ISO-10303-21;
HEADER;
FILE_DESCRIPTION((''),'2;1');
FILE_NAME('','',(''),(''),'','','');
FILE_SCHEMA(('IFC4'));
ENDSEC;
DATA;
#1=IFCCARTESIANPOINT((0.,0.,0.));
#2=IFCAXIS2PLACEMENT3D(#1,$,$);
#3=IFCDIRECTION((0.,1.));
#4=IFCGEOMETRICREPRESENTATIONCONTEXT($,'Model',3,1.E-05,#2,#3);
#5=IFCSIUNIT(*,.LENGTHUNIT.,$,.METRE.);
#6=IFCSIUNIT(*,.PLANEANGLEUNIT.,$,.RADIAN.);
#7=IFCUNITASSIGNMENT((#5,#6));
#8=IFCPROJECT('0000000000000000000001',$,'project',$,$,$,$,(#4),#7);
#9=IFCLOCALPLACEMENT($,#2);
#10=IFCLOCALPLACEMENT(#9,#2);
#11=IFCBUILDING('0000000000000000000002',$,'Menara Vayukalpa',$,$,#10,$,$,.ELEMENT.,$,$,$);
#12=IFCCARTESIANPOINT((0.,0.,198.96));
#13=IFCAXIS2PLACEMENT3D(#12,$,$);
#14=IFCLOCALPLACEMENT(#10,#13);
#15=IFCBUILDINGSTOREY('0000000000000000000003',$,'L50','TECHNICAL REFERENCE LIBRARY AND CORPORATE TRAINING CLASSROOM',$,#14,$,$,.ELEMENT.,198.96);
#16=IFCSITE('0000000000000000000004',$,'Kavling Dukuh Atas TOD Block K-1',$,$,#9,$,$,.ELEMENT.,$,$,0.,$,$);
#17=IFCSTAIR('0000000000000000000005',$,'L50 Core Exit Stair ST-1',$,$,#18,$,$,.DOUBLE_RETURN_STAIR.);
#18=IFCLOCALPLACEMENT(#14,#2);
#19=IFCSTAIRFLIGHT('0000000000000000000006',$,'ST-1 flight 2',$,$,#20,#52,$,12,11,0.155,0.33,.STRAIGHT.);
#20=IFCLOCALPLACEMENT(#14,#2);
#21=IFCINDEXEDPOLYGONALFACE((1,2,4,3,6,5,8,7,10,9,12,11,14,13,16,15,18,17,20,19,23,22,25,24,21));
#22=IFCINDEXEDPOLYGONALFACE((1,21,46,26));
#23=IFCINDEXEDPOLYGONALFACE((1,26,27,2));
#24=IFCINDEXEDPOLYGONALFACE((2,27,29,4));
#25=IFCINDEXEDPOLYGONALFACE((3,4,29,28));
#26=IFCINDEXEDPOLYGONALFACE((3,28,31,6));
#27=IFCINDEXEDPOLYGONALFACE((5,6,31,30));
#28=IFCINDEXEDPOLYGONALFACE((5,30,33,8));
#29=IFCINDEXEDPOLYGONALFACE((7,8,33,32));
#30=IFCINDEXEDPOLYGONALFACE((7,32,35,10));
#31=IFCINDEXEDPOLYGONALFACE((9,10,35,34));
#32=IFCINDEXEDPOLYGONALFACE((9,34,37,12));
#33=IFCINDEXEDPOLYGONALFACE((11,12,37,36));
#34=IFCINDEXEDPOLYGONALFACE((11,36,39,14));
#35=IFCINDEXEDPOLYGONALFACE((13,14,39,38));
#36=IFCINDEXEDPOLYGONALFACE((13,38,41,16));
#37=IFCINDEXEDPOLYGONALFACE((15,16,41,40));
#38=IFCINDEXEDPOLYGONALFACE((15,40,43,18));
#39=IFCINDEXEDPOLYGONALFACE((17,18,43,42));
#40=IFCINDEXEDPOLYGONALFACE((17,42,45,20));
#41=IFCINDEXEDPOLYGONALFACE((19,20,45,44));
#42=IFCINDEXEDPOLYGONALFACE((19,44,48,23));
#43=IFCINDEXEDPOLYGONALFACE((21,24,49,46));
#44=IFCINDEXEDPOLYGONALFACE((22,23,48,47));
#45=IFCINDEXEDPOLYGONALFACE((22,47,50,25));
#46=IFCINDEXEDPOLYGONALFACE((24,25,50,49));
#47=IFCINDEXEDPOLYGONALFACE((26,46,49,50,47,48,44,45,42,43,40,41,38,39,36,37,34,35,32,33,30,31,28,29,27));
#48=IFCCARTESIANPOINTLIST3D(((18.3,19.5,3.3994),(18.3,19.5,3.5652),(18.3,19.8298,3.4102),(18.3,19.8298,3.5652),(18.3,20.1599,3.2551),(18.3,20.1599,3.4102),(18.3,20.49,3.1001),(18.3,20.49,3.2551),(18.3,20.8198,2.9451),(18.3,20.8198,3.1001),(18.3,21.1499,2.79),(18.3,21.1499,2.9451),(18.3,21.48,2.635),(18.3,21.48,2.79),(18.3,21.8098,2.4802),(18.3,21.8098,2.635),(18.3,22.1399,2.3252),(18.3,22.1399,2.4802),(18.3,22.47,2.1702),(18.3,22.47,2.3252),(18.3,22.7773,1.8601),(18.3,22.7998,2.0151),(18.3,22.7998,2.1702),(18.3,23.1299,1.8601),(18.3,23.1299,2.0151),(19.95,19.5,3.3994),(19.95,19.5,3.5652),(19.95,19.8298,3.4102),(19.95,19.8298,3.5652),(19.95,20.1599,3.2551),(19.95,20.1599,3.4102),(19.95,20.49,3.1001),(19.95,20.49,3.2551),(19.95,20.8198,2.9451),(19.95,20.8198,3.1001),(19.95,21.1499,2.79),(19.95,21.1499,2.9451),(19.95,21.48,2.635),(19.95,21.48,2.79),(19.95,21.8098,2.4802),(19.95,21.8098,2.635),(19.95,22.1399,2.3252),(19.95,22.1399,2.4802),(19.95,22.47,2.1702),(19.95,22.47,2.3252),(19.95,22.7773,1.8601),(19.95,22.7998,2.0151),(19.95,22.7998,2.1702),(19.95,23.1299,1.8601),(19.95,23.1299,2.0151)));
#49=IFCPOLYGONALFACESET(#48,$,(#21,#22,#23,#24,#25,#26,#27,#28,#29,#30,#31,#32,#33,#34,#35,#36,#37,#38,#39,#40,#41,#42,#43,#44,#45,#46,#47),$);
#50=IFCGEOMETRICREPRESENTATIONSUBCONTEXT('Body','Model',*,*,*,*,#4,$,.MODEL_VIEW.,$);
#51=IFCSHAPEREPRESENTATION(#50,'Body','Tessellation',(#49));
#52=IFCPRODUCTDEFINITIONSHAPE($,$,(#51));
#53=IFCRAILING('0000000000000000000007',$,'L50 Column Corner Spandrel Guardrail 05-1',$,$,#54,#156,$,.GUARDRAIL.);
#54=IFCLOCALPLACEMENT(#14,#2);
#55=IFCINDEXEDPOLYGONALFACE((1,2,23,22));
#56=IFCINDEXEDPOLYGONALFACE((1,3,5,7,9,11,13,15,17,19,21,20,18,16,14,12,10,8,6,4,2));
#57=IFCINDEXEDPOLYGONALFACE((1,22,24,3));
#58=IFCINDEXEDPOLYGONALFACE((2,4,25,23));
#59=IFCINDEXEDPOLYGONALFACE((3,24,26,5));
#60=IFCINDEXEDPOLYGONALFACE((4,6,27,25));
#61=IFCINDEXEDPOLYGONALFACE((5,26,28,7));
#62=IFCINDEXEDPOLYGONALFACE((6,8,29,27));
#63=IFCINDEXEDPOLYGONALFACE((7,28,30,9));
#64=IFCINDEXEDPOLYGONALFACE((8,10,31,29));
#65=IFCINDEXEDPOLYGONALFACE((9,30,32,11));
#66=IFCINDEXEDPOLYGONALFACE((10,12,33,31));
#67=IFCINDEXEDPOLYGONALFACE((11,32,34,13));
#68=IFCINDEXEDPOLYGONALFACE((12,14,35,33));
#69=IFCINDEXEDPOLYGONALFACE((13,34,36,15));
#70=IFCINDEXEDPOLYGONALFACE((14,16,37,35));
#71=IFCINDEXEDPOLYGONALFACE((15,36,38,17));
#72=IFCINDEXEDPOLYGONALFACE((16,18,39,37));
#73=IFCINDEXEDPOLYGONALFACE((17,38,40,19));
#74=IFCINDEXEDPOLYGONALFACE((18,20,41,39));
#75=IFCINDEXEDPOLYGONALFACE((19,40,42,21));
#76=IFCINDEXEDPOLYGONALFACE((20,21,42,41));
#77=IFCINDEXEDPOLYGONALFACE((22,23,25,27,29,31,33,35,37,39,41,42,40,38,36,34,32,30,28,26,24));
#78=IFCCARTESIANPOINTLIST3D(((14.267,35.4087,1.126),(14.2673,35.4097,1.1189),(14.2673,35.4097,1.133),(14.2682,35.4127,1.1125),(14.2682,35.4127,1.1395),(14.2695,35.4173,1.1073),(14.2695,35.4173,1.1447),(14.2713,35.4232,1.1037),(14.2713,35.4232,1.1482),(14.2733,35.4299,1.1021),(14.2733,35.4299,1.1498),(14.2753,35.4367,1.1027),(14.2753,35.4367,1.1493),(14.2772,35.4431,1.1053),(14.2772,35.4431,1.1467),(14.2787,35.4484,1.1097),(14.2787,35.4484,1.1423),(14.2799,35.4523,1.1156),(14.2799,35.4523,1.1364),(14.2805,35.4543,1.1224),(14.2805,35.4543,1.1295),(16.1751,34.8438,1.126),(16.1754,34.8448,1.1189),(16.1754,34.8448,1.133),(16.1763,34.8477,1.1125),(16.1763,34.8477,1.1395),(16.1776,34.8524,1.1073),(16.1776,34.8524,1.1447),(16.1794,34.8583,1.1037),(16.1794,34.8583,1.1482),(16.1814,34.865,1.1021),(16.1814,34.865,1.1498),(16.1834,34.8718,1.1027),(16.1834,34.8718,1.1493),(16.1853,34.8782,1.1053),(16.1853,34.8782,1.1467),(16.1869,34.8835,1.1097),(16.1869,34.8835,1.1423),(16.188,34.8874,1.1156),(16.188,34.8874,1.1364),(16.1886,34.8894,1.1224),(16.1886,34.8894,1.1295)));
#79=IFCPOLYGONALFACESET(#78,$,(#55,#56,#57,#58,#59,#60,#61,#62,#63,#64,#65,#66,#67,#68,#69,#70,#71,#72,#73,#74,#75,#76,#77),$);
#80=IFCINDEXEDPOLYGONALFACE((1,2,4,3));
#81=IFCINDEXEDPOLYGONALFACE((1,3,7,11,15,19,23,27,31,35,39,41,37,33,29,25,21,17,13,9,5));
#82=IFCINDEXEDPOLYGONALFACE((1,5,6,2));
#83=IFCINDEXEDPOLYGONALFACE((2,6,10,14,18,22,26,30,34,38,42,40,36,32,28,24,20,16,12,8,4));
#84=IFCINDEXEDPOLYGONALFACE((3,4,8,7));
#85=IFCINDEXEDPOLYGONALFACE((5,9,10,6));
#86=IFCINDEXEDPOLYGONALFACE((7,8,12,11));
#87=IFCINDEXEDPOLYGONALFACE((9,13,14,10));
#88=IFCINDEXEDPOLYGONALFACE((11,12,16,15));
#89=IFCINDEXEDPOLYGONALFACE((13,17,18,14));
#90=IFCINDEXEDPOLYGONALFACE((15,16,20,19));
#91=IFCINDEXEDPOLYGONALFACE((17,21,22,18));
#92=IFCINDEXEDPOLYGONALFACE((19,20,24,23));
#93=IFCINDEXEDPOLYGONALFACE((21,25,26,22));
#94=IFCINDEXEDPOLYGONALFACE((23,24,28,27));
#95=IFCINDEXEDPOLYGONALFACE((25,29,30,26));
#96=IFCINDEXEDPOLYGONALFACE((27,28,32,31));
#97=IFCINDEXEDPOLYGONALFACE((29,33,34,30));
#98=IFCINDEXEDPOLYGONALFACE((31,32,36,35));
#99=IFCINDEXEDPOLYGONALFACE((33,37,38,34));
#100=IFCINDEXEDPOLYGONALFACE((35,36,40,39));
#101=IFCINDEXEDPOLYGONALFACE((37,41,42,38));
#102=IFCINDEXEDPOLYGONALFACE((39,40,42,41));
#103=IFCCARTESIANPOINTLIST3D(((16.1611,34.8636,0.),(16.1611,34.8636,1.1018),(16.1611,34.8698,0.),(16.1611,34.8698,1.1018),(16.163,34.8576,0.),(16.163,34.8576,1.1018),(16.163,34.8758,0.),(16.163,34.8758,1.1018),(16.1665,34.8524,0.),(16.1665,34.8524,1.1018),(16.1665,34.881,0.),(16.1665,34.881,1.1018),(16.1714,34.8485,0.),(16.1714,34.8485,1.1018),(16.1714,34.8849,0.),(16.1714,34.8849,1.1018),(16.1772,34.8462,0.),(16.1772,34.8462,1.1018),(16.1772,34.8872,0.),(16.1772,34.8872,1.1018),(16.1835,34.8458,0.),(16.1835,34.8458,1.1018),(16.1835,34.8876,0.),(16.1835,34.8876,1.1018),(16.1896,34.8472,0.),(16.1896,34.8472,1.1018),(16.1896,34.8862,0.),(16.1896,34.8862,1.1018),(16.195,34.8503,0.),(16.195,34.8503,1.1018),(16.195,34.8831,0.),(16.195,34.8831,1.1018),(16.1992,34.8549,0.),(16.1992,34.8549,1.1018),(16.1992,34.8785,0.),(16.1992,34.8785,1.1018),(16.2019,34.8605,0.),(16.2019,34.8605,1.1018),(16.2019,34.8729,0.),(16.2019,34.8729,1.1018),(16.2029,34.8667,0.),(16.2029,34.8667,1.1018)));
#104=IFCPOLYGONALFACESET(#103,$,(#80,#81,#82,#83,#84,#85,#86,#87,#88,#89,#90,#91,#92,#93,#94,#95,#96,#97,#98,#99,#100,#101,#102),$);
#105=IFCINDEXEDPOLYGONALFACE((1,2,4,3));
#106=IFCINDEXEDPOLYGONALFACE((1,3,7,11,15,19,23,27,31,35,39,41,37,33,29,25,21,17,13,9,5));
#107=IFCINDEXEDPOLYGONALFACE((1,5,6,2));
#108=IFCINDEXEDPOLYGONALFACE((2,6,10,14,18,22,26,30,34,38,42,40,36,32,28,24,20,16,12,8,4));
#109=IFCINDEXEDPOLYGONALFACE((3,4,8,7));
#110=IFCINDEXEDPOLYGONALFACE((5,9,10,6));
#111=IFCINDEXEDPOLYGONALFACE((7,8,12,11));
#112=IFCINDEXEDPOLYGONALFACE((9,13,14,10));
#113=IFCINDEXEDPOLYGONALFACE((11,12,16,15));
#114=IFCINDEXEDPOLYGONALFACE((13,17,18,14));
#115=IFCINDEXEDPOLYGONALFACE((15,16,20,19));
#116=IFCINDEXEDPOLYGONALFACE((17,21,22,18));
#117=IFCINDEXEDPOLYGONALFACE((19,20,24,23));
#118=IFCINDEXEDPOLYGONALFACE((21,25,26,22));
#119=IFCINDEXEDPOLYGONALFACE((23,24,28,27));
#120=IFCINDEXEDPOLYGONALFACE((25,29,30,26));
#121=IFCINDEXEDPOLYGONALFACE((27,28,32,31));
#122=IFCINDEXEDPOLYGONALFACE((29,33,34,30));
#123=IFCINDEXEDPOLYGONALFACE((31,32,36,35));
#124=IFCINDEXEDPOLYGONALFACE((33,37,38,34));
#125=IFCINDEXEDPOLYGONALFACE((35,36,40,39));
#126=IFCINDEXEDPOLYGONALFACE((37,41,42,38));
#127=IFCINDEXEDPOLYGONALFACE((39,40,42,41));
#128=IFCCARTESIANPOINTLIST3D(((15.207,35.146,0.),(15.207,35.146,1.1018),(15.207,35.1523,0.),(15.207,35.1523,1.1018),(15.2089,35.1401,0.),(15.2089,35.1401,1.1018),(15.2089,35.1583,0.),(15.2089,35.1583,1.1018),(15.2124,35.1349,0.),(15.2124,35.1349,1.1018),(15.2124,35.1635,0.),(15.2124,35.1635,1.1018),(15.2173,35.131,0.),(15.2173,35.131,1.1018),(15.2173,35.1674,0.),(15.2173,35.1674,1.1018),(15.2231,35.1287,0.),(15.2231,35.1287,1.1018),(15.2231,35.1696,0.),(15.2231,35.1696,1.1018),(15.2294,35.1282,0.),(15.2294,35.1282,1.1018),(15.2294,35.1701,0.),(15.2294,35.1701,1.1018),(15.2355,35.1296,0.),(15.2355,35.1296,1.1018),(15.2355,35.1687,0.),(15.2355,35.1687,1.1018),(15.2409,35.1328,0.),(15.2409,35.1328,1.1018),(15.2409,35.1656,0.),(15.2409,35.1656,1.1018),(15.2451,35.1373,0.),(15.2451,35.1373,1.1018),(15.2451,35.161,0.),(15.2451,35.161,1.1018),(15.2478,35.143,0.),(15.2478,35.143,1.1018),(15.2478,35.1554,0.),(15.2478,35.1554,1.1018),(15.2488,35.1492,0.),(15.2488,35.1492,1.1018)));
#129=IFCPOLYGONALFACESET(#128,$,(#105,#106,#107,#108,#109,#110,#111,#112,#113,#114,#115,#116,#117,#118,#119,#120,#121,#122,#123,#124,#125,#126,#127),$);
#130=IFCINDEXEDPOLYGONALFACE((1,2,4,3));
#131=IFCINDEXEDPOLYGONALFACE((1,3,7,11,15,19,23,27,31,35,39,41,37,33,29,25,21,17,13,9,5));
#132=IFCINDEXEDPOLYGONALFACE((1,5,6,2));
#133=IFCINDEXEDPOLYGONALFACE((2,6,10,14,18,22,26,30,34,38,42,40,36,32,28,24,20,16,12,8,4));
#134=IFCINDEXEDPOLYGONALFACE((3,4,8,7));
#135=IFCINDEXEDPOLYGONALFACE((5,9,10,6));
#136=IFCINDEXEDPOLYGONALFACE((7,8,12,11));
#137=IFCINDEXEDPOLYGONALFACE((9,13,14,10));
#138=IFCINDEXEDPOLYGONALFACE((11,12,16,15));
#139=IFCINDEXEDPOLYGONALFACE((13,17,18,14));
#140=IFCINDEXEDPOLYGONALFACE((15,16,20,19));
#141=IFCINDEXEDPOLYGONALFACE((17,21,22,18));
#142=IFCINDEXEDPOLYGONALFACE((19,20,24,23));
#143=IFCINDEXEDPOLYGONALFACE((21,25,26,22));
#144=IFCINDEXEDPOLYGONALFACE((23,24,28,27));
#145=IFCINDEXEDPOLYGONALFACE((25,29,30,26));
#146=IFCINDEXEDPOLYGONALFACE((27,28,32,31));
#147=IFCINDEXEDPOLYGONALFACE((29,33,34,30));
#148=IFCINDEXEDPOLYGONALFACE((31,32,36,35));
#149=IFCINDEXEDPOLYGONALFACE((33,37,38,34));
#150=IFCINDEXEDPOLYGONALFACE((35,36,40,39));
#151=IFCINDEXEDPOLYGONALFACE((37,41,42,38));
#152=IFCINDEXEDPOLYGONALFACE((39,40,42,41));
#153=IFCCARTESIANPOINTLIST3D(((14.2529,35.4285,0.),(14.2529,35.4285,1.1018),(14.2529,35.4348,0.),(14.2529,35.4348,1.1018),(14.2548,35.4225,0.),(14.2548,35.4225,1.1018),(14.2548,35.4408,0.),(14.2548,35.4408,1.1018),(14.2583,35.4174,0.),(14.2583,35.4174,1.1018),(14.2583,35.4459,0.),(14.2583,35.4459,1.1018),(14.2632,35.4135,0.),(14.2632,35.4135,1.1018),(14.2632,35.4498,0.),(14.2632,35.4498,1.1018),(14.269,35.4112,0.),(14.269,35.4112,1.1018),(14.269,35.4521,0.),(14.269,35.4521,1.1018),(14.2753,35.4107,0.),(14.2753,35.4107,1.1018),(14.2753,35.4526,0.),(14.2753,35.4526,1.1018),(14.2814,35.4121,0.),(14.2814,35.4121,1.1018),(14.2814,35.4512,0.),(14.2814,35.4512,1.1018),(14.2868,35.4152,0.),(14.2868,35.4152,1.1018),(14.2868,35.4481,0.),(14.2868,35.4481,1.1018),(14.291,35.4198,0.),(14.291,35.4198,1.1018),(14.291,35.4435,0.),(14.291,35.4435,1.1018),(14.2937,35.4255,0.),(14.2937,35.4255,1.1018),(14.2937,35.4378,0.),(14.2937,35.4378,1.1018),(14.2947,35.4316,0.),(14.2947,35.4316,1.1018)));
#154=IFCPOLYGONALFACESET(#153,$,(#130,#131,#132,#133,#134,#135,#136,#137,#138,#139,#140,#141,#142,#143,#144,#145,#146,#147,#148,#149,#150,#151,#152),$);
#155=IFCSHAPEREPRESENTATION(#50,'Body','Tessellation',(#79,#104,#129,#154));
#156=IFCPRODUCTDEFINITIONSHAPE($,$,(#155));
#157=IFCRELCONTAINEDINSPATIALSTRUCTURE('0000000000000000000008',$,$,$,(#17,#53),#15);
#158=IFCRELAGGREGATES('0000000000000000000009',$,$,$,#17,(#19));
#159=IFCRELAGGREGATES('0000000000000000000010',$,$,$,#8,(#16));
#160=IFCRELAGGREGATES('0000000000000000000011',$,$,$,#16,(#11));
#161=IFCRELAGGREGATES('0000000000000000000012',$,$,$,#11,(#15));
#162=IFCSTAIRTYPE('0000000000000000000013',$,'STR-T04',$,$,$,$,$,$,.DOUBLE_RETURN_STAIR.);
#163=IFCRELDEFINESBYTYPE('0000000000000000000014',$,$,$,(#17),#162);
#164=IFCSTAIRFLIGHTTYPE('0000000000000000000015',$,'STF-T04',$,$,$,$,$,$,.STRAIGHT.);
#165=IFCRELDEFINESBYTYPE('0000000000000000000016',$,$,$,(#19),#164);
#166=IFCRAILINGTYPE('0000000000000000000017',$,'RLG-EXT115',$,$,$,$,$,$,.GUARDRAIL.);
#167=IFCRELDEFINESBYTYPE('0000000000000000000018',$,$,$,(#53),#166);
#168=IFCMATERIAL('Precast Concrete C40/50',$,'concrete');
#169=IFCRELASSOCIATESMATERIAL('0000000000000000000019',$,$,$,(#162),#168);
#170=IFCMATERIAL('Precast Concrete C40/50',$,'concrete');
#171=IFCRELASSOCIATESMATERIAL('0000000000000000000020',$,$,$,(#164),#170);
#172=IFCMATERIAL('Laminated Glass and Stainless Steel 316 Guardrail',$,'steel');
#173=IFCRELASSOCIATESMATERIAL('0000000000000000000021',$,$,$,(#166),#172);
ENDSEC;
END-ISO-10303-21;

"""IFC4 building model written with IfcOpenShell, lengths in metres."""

from ifc_helpers import new_model, si_unit, direction, frame, origin, origin_2d, place, context, subcontext, project, spatial, polyline, circle, outline, extrude, material, type_object, element, aggregate, save


model = new_model("IFC4")

# Units and contexts
model_context = context("Model", 3, precision=1e-05, world=origin(), true_north=direction((0.0, 1.0)))
body_context = subcontext(model_context, "Body", "Model", "MODEL_VIEW")
ifc_project = project(units=[si_unit("LENGTHUNIT", "METRE"), si_unit("PLANEANGLEUNIT", "RADIAN")], contexts=[model_context])

# Site, building, storey
site_placement = place(None, origin())
site = spatial("IfcSite", under=ifc_project, at=site_placement, Name="Kavling Dukuh Atas TOD Block K-1", CompositionType="ELEMENT", RefElevation=0.0)
building_placement = place(site_placement, origin())
building = spatial("IfcBuilding", under=site, at=building_placement, Name="Menara Vayukalpa", CompositionType="ELEMENT")
storey_placement = place(building_placement, frame((0.0, 0.0, 198.96)))
storey = spatial("IfcBuildingStorey", under=building, at=storey_placement, Name="L50", Description="TECHNICAL REFERENCE LIBRARY AND CORPORATE TRAINING CLASSROOM", CompositionType="ELEMENT", Elevation=198.96)

# Stair, stair flight
ifc_material_1 = material(Name="Precast Concrete C40/50", Category="concrete")
stair_type = type_object("IfcStairType", Name="STR-T04", PredefinedType="DOUBLE_RETURN_STAIR", material=ifc_material_1)
stair_placement = place(storey_placement, origin())
stair = element("IfcStair", 1, at=stair_placement, inside=storey, type_object=stair_type, Name="L50 Core Exit Stair ST-1", PredefinedType="DOUBLE_RETURN_STAIR")
ifc_material_2 = material(Name="Precast Concrete C40/50", Category="concrete")
stair_flight_type = type_object("IfcStairFlightType", Name="STF-T04", PredefinedType="STRAIGHT", material=ifc_material_2)
stair_flight_placement = place(storey_placement, frame((19.125, 23.1299, 1.8601), z_axis=(0.0, 0.0, 1.0), x_axis=(0.0, -1.0, 0.0)))
stair_flight = element("IfcStairFlight", 2, at=stair_flight_placement, type_object=stair_flight_type, Name="ST-1 flight 2", NumberOfRisers=12, NumberOfTreads=11, PredefinedType="STRAIGHT", RiserHeight=0.155, TreadLength=0.33, context=body_context, shape_type="SweptSolid", body=[
    extrude(outline(polyline([(0.0, 0.0), (0.0, 0.155), (0.3301, 0.155), (0.3301, 0.3101), (0.6599, 0.3101), (0.6599, 0.4651), (0.99, 0.4651), (0.99, 0.6201), (1.3201, 0.6201), (1.3201, 0.7749), (1.6499, 0.7749), (1.6499, 0.9299), (1.98, 0.9299), (1.98, 1.085), (2.3101, 1.085), (2.3101, 1.24), (2.6399, 1.24), (2.6399, 1.395), (2.97, 1.395), (2.97, 1.55), (3.3, 1.55), (3.3, 1.7051), (3.6299, 1.7051), (3.6299, 1.8601), (3.6299, 1.5393), (0.3525, 0.0), (0.0, 0.0)])), frame((0.0, 0.825, 0.0), z_axis=(0.0, -1.0, 0.0), x_axis=(1.0, 0.0, 0.0)), (0.0, 0.0, 1.0), 1.6499),
])
aggregate(stair, [stair_flight])

# Railing
ifc_material_3 = material(Name="Laminated Glass and Stainless Steel 316 Guardrail", Category="steel")
railing_type_1 = type_object("IfcRailingType", Name="RLG-EXT115", PredefinedType="GUARDRAIL", material=ifc_material_3)
railing_1_placement = place(storey_placement, frame((16.1819, 34.8667, 0.0)))
element("IfcRailing", 3, at=railing_1_placement, inside=storey, type_object=railing_type_1, Name="L50 Column Corner Spandrel Guardrail 05-1", PredefinedType="GUARDRAIL", context=body_context, shape_type="SweptSolid", body=[
    extrude(circle(Radius=0.0239, at=origin_2d()), frame((0.0, 0.0, 1.126), z_axis=(-0.95886, 0.283879, 0.0), x_axis=(-0.283879, -0.95886, 0.0)), (0.0, 0.0, 1.0), 1.99),
    extrude(circle(Radius=0.021, at=origin_2d()), origin(), (0.0, 0.0, 1.0), 1.1018),
    extrude(circle(Radius=0.021, at=origin_2d()), frame((-0.9541, 0.2825, 0.0)), (0.0, 0.0, 1.0), 1.1018),
    extrude(circle(Radius=0.021, at=origin_2d()), frame((-1.9082, 0.5649, 0.0)), (0.0, 0.0, 1.0), 1.1018),
])

save(model, "model.ifc")
